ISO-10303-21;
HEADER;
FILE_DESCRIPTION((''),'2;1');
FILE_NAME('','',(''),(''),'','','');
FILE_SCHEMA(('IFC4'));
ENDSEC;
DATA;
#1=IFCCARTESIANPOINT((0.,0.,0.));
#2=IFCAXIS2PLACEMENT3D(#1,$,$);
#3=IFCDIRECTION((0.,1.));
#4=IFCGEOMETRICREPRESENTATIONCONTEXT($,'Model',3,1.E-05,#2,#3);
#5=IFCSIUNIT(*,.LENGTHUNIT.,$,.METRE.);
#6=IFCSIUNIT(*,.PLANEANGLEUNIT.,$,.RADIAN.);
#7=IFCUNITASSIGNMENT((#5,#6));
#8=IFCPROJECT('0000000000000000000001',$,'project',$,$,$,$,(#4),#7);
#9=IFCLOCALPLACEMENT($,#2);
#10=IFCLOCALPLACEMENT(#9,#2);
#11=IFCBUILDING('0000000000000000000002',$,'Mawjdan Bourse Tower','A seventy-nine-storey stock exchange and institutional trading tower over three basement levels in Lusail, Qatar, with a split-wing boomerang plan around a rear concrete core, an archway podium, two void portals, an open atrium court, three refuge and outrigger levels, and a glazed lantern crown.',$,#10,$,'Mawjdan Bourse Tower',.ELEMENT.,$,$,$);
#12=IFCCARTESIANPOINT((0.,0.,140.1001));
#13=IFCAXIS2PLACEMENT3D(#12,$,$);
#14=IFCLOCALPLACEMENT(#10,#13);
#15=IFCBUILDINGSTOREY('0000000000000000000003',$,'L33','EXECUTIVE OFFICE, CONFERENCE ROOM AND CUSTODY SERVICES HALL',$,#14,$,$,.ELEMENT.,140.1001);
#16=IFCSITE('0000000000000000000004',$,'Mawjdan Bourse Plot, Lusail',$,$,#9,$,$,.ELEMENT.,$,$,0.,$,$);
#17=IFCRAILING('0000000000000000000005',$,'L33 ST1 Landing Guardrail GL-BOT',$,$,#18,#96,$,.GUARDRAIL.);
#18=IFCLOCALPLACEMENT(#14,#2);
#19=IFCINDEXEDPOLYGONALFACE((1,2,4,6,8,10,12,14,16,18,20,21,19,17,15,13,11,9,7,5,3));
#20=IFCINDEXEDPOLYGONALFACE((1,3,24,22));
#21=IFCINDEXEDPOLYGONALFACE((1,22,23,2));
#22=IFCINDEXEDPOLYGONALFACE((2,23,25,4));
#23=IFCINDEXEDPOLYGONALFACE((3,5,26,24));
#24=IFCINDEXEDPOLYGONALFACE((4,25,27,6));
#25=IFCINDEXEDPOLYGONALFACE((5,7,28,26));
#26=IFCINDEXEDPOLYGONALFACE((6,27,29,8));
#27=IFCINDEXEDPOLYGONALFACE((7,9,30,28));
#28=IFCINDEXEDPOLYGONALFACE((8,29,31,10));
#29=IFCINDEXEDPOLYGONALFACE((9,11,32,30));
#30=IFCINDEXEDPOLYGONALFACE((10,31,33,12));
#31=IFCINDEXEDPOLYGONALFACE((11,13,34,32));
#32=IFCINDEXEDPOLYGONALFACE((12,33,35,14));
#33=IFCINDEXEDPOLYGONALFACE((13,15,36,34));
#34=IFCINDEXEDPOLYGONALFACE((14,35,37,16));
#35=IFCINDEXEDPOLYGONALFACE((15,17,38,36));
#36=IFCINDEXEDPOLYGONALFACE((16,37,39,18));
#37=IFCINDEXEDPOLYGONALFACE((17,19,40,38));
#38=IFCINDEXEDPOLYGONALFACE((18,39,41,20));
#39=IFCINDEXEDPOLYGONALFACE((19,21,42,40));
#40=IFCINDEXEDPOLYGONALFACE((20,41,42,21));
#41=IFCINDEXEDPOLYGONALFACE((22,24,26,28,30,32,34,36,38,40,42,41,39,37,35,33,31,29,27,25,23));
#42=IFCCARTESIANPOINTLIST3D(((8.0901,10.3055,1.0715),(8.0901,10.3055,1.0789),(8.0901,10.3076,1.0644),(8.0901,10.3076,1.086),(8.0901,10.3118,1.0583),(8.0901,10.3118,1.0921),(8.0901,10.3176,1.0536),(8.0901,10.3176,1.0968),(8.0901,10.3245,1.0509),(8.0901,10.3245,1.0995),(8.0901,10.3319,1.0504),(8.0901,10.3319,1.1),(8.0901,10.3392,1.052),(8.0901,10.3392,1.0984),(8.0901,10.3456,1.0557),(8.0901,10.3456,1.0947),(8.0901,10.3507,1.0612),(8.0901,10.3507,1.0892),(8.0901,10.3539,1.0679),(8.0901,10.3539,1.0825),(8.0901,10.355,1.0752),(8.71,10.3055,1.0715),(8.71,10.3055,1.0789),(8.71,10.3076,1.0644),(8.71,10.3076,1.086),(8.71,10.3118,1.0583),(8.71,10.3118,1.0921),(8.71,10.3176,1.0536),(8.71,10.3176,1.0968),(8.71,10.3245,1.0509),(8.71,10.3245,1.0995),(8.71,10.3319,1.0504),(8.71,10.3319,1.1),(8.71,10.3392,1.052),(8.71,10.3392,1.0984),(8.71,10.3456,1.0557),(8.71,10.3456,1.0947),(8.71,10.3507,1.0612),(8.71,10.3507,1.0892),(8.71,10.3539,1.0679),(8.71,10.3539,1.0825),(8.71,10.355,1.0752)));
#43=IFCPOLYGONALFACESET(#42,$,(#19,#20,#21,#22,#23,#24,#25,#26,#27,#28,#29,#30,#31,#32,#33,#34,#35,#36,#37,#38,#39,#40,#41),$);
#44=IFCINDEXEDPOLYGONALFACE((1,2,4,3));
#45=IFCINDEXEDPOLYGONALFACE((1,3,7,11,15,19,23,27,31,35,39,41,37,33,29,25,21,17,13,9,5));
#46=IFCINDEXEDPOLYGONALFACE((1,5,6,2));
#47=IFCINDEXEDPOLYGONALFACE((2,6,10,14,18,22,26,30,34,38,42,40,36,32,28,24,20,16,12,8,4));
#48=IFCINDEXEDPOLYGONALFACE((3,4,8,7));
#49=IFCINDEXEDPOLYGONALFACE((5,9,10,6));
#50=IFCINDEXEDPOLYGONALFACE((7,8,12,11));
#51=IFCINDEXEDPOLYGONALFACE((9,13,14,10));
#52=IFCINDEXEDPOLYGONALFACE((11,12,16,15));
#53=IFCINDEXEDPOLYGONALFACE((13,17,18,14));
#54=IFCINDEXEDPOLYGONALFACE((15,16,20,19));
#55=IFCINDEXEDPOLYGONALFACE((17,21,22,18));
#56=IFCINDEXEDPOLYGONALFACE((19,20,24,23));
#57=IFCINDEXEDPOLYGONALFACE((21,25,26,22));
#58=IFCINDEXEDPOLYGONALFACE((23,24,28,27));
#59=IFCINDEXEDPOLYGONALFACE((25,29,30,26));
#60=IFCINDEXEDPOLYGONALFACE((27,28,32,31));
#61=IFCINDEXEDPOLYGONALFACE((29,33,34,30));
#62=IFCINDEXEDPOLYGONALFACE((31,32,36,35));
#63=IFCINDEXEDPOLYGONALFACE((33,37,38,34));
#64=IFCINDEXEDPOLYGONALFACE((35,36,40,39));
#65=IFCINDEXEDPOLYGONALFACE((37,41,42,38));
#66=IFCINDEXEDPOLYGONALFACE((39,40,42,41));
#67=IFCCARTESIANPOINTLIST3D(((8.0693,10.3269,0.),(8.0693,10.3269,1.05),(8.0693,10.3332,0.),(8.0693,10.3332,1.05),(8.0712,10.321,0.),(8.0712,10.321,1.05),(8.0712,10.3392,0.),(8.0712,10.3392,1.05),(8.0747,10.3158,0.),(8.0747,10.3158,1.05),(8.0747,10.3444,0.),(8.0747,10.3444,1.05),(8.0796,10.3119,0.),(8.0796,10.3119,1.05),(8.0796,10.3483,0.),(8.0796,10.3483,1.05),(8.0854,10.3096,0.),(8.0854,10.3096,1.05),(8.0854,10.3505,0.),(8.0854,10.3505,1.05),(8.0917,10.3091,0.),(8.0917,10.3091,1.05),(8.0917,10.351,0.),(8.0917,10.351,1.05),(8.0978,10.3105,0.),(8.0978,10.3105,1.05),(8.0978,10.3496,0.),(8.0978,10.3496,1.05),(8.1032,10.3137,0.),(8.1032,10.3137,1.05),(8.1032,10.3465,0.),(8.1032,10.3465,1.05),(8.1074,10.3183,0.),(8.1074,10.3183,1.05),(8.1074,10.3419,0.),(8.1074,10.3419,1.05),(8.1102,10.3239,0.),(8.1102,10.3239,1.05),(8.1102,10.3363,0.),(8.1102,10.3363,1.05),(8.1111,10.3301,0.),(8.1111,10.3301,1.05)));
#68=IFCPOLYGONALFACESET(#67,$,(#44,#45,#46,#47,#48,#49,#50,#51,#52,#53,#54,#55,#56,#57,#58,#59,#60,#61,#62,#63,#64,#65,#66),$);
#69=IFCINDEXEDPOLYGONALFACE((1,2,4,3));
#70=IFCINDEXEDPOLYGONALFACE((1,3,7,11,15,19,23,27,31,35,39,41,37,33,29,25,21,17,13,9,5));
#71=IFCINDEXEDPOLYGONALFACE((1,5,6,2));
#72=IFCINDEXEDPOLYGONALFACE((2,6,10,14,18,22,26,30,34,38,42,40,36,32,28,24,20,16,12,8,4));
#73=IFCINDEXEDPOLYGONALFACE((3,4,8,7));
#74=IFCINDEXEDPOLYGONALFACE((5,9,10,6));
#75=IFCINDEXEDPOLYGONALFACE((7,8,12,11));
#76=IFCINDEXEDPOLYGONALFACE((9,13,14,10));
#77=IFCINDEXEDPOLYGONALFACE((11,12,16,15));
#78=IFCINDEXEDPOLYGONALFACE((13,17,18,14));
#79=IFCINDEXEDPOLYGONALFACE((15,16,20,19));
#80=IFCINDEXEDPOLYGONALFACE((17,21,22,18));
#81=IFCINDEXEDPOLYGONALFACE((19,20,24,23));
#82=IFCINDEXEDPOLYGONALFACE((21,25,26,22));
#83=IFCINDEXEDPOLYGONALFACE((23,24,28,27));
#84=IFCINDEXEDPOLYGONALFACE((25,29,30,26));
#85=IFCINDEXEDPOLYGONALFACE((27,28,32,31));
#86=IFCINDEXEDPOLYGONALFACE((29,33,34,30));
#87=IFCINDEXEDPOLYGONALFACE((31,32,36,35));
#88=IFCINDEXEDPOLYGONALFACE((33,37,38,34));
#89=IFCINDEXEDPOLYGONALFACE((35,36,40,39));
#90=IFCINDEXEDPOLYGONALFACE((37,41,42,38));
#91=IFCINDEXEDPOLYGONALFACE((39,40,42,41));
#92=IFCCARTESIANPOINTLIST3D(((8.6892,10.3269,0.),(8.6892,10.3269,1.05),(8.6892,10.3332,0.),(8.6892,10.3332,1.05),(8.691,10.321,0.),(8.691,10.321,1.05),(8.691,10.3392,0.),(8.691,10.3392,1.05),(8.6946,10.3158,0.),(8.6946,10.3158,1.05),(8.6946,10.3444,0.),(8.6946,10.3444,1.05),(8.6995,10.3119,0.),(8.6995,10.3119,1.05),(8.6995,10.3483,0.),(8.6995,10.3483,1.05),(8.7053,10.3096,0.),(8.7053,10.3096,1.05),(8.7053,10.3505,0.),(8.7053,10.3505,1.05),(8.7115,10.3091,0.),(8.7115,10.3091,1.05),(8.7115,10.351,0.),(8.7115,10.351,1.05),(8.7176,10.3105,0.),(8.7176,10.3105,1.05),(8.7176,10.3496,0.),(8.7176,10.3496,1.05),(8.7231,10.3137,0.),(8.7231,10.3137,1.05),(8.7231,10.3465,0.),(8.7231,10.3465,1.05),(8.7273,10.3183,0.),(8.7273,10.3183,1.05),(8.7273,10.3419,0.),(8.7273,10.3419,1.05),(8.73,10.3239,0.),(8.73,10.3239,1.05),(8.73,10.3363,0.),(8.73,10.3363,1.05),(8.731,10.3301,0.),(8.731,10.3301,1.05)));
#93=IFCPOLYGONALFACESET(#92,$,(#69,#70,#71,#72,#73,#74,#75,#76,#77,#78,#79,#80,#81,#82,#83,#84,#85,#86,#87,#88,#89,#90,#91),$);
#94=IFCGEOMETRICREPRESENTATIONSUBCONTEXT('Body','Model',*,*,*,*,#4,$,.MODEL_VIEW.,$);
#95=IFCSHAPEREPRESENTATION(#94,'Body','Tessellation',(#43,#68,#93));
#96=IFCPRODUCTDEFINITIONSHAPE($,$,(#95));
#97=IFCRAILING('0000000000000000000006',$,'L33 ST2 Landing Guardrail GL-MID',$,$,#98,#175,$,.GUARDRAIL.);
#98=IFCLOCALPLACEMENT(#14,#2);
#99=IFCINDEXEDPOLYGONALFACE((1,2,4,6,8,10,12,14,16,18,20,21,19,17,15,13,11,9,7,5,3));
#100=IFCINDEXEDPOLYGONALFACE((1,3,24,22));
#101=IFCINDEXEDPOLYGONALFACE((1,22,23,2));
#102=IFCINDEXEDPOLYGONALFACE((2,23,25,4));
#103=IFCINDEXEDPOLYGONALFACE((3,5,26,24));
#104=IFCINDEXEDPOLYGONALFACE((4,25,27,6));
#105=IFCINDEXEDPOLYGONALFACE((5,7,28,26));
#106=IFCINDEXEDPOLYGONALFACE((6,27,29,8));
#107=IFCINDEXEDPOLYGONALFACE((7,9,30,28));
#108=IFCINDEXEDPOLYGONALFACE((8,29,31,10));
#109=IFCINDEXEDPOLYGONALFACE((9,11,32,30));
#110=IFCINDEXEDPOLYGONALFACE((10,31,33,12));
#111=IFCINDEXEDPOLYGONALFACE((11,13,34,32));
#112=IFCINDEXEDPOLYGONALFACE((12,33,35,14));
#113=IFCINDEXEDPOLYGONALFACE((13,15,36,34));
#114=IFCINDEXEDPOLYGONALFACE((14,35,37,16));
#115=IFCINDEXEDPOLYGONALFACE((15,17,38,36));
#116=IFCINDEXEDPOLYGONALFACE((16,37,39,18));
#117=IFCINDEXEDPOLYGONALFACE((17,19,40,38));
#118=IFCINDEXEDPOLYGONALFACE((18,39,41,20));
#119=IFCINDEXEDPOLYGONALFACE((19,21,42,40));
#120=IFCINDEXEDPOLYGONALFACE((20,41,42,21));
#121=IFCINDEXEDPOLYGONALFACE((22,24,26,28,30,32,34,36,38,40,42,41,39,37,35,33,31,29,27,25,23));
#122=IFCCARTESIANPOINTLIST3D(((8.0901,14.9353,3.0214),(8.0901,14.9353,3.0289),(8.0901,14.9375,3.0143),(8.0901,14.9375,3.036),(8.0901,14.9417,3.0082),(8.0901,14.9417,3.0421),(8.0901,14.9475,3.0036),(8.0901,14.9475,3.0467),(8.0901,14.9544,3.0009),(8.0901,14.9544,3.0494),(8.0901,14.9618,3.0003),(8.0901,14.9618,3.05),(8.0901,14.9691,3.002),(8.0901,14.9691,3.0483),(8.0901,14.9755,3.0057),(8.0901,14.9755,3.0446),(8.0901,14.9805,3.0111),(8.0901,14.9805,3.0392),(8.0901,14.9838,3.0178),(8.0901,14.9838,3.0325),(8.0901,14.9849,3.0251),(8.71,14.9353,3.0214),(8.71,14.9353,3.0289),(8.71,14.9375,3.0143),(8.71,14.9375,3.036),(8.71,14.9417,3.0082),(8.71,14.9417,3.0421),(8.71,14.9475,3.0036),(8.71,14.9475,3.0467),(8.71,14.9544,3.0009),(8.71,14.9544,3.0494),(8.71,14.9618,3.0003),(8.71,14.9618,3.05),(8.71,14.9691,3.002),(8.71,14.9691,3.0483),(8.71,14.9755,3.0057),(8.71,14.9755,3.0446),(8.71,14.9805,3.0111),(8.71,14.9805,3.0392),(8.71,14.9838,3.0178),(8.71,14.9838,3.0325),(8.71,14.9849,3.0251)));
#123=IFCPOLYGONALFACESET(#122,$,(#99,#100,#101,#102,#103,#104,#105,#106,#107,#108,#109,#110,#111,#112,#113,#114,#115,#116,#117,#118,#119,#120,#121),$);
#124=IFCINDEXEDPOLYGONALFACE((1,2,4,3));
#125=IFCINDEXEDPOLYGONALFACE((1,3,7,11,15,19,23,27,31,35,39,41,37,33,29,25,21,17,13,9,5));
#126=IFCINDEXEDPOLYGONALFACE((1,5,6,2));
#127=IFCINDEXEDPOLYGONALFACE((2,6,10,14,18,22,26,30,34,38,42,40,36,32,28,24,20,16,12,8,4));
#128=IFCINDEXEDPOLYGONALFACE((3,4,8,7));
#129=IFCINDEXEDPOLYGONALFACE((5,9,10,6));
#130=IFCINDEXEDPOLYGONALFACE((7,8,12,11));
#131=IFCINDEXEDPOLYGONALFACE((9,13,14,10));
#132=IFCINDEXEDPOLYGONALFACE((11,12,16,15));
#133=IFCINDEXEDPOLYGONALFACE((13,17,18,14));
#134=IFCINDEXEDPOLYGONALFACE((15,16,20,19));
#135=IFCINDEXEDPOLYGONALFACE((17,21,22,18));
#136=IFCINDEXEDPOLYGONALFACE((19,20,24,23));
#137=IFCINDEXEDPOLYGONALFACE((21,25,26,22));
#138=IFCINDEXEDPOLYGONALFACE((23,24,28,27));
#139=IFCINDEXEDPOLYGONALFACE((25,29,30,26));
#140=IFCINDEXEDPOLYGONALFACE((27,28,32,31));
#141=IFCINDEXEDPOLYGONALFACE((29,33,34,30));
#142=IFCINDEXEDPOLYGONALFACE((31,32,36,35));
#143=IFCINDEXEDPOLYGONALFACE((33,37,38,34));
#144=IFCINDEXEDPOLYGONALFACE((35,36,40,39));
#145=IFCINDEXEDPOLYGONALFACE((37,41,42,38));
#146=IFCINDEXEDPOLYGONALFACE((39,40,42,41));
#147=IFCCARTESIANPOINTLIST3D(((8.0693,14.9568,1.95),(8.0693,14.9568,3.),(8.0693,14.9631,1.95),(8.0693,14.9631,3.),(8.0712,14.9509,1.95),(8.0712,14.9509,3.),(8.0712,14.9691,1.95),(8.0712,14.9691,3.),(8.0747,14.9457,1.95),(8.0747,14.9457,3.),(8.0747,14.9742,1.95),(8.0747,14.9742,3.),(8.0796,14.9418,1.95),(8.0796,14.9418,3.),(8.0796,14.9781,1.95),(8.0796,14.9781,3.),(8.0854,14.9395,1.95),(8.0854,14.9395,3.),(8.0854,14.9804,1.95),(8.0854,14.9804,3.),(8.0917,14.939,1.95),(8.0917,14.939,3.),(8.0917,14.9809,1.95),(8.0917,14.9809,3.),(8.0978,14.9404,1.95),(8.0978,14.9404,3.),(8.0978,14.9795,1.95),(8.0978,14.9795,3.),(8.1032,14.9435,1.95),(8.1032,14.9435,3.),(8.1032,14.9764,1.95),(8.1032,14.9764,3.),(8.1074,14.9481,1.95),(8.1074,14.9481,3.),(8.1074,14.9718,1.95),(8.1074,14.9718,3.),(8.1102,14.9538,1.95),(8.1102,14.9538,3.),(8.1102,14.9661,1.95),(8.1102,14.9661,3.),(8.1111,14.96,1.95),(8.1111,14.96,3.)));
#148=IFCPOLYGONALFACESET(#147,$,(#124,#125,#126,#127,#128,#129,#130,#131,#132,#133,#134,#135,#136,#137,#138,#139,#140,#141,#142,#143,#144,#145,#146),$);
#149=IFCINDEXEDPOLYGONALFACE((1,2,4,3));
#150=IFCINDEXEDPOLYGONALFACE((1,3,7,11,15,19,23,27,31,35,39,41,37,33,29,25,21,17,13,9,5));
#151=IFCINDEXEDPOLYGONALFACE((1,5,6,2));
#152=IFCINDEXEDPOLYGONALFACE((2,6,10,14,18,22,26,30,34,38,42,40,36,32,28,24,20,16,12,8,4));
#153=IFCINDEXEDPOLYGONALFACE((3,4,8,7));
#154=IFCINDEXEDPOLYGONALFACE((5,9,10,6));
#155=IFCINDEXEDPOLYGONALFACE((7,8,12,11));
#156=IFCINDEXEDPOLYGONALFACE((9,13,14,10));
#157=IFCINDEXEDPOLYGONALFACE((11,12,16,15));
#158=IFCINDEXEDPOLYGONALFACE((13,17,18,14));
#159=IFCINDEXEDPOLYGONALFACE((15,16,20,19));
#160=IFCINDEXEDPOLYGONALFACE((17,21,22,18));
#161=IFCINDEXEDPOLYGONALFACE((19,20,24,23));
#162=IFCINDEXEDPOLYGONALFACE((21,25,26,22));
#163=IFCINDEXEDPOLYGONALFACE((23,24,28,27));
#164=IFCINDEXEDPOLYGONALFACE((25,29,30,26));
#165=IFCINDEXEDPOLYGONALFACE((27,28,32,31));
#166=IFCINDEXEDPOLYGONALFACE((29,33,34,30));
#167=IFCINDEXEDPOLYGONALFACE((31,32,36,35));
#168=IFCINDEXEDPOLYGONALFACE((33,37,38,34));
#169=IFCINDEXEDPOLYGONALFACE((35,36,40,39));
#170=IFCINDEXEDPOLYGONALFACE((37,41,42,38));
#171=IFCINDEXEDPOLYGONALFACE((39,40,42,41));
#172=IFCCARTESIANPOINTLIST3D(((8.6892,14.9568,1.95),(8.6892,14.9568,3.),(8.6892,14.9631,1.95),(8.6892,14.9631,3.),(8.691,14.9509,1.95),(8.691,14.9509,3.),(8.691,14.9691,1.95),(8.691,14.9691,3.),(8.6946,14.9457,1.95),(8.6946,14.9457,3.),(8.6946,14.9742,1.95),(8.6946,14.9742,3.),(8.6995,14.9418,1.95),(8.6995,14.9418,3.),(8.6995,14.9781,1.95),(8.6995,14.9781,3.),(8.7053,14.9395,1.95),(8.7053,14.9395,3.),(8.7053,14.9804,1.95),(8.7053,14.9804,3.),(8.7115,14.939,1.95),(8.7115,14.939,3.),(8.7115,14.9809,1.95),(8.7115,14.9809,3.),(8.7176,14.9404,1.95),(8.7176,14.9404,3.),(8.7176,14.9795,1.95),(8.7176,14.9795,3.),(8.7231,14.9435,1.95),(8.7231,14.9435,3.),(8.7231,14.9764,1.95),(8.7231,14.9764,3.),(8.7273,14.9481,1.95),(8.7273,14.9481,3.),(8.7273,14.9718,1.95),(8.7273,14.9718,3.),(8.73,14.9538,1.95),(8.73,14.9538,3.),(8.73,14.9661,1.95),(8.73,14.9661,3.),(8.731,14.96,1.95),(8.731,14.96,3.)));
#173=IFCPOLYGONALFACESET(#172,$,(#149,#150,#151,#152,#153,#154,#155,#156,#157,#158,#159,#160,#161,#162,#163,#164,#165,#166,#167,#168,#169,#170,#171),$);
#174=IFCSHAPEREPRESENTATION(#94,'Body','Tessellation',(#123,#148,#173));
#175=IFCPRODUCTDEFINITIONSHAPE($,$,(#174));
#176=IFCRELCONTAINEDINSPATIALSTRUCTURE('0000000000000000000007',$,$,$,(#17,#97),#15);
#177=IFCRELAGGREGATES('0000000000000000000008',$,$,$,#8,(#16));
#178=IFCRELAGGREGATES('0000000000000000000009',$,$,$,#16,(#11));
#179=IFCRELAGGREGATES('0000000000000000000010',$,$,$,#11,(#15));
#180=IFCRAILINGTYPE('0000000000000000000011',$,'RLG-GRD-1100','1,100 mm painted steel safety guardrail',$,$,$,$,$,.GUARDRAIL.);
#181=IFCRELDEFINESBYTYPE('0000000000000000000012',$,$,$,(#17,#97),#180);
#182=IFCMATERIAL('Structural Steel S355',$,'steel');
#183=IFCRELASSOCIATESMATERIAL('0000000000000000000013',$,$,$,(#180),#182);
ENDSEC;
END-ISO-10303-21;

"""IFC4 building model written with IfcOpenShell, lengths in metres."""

from ifc_helpers import new_model, si_unit, direction, frame, origin, origin_2d, place, context, subcontext, project, spatial, circle, extrude, material, type_object, element, save


model = new_model("IFC4")

# Units and contexts
model_context = context("Model", 3, precision=1e-05, world=origin(), true_north=direction((0.0, 1.0)))
body_context = subcontext(model_context, "Body", "Model", "MODEL_VIEW")
ifc_project = project(units=[si_unit("LENGTHUNIT", "METRE"), si_unit("PLANEANGLEUNIT", "RADIAN")], contexts=[model_context])

# Site, building, storey
site_placement = place(None, origin())
site = spatial("IfcSite", under=ifc_project, at=site_placement, Name="Mawjdan Bourse Plot, Lusail", CompositionType="ELEMENT", RefElevation=0.0)
building_placement = place(site_placement, origin())
building = spatial("IfcBuilding", under=site, at=building_placement, Name="Mawjdan Bourse Tower", Description="A seventy-nine-storey stock exchange and institutional trading tower over three basement levels in Lusail, Qatar, with a split-wing boomerang plan around a rear concrete core, an archway podium, two void portals, an open atrium court, three refuge and outrigger levels, and a glazed lantern crown.", LongName="Mawjdan Bourse Tower", CompositionType="ELEMENT")
storey_placement = place(building_placement, frame((0.0, 0.0, 140.1001)))
storey = spatial("IfcBuildingStorey", under=building, at=storey_placement, Name="L33", Description="EXECUTIVE OFFICE, CONFERENCE ROOM AND CUSTODY SERVICES HALL", CompositionType="ELEMENT", Elevation=140.1001)

# Shared definitions
ifc_material_1 = material(Name="Structural Steel S355", Category="steel")

# Railings
railing_type_1 = type_object("IfcRailingType", Name="RLG-GRD-1100", Description="1,100 mm painted steel safety guardrail", PredefinedType="GUARDRAIL", material=ifc_material_1)
for number, where, name in (
    (1, (8.0901, 10.3301, 0.0), "L33 ST1 Landing Guardrail GL-BOT"),
    (2, (8.0901, 14.96, 1.95), "L33 ST2 Landing Guardrail GL-MID"),
):
    element("IfcRailing", number, at=place(storey_placement, frame(where)), inside=storey, type_object=railing_type_1, Name=name, PredefinedType="GUARDRAIL", context=body_context, shape_type="SweptSolid", body=[
        extrude(circle(Radius=0.0249, at=origin_2d()), frame((0.0, 0.0, 1.0752), z_axis=(1.0, 0.0, 0.0), x_axis=(0.0, 1.0, 0.0)), (0.0, 0.0, 1.0), 0.6199),
        extrude(circle(Radius=0.021, at=origin_2d()), origin(), (0.0, 0.0, 1.0), 1.05),
        extrude(circle(Radius=0.021, at=origin_2d()), frame((0.6199, 0.0, 0.0)), (0.0, 0.0, 1.0), 1.05),
    ])

save(model, "model.ifc")
